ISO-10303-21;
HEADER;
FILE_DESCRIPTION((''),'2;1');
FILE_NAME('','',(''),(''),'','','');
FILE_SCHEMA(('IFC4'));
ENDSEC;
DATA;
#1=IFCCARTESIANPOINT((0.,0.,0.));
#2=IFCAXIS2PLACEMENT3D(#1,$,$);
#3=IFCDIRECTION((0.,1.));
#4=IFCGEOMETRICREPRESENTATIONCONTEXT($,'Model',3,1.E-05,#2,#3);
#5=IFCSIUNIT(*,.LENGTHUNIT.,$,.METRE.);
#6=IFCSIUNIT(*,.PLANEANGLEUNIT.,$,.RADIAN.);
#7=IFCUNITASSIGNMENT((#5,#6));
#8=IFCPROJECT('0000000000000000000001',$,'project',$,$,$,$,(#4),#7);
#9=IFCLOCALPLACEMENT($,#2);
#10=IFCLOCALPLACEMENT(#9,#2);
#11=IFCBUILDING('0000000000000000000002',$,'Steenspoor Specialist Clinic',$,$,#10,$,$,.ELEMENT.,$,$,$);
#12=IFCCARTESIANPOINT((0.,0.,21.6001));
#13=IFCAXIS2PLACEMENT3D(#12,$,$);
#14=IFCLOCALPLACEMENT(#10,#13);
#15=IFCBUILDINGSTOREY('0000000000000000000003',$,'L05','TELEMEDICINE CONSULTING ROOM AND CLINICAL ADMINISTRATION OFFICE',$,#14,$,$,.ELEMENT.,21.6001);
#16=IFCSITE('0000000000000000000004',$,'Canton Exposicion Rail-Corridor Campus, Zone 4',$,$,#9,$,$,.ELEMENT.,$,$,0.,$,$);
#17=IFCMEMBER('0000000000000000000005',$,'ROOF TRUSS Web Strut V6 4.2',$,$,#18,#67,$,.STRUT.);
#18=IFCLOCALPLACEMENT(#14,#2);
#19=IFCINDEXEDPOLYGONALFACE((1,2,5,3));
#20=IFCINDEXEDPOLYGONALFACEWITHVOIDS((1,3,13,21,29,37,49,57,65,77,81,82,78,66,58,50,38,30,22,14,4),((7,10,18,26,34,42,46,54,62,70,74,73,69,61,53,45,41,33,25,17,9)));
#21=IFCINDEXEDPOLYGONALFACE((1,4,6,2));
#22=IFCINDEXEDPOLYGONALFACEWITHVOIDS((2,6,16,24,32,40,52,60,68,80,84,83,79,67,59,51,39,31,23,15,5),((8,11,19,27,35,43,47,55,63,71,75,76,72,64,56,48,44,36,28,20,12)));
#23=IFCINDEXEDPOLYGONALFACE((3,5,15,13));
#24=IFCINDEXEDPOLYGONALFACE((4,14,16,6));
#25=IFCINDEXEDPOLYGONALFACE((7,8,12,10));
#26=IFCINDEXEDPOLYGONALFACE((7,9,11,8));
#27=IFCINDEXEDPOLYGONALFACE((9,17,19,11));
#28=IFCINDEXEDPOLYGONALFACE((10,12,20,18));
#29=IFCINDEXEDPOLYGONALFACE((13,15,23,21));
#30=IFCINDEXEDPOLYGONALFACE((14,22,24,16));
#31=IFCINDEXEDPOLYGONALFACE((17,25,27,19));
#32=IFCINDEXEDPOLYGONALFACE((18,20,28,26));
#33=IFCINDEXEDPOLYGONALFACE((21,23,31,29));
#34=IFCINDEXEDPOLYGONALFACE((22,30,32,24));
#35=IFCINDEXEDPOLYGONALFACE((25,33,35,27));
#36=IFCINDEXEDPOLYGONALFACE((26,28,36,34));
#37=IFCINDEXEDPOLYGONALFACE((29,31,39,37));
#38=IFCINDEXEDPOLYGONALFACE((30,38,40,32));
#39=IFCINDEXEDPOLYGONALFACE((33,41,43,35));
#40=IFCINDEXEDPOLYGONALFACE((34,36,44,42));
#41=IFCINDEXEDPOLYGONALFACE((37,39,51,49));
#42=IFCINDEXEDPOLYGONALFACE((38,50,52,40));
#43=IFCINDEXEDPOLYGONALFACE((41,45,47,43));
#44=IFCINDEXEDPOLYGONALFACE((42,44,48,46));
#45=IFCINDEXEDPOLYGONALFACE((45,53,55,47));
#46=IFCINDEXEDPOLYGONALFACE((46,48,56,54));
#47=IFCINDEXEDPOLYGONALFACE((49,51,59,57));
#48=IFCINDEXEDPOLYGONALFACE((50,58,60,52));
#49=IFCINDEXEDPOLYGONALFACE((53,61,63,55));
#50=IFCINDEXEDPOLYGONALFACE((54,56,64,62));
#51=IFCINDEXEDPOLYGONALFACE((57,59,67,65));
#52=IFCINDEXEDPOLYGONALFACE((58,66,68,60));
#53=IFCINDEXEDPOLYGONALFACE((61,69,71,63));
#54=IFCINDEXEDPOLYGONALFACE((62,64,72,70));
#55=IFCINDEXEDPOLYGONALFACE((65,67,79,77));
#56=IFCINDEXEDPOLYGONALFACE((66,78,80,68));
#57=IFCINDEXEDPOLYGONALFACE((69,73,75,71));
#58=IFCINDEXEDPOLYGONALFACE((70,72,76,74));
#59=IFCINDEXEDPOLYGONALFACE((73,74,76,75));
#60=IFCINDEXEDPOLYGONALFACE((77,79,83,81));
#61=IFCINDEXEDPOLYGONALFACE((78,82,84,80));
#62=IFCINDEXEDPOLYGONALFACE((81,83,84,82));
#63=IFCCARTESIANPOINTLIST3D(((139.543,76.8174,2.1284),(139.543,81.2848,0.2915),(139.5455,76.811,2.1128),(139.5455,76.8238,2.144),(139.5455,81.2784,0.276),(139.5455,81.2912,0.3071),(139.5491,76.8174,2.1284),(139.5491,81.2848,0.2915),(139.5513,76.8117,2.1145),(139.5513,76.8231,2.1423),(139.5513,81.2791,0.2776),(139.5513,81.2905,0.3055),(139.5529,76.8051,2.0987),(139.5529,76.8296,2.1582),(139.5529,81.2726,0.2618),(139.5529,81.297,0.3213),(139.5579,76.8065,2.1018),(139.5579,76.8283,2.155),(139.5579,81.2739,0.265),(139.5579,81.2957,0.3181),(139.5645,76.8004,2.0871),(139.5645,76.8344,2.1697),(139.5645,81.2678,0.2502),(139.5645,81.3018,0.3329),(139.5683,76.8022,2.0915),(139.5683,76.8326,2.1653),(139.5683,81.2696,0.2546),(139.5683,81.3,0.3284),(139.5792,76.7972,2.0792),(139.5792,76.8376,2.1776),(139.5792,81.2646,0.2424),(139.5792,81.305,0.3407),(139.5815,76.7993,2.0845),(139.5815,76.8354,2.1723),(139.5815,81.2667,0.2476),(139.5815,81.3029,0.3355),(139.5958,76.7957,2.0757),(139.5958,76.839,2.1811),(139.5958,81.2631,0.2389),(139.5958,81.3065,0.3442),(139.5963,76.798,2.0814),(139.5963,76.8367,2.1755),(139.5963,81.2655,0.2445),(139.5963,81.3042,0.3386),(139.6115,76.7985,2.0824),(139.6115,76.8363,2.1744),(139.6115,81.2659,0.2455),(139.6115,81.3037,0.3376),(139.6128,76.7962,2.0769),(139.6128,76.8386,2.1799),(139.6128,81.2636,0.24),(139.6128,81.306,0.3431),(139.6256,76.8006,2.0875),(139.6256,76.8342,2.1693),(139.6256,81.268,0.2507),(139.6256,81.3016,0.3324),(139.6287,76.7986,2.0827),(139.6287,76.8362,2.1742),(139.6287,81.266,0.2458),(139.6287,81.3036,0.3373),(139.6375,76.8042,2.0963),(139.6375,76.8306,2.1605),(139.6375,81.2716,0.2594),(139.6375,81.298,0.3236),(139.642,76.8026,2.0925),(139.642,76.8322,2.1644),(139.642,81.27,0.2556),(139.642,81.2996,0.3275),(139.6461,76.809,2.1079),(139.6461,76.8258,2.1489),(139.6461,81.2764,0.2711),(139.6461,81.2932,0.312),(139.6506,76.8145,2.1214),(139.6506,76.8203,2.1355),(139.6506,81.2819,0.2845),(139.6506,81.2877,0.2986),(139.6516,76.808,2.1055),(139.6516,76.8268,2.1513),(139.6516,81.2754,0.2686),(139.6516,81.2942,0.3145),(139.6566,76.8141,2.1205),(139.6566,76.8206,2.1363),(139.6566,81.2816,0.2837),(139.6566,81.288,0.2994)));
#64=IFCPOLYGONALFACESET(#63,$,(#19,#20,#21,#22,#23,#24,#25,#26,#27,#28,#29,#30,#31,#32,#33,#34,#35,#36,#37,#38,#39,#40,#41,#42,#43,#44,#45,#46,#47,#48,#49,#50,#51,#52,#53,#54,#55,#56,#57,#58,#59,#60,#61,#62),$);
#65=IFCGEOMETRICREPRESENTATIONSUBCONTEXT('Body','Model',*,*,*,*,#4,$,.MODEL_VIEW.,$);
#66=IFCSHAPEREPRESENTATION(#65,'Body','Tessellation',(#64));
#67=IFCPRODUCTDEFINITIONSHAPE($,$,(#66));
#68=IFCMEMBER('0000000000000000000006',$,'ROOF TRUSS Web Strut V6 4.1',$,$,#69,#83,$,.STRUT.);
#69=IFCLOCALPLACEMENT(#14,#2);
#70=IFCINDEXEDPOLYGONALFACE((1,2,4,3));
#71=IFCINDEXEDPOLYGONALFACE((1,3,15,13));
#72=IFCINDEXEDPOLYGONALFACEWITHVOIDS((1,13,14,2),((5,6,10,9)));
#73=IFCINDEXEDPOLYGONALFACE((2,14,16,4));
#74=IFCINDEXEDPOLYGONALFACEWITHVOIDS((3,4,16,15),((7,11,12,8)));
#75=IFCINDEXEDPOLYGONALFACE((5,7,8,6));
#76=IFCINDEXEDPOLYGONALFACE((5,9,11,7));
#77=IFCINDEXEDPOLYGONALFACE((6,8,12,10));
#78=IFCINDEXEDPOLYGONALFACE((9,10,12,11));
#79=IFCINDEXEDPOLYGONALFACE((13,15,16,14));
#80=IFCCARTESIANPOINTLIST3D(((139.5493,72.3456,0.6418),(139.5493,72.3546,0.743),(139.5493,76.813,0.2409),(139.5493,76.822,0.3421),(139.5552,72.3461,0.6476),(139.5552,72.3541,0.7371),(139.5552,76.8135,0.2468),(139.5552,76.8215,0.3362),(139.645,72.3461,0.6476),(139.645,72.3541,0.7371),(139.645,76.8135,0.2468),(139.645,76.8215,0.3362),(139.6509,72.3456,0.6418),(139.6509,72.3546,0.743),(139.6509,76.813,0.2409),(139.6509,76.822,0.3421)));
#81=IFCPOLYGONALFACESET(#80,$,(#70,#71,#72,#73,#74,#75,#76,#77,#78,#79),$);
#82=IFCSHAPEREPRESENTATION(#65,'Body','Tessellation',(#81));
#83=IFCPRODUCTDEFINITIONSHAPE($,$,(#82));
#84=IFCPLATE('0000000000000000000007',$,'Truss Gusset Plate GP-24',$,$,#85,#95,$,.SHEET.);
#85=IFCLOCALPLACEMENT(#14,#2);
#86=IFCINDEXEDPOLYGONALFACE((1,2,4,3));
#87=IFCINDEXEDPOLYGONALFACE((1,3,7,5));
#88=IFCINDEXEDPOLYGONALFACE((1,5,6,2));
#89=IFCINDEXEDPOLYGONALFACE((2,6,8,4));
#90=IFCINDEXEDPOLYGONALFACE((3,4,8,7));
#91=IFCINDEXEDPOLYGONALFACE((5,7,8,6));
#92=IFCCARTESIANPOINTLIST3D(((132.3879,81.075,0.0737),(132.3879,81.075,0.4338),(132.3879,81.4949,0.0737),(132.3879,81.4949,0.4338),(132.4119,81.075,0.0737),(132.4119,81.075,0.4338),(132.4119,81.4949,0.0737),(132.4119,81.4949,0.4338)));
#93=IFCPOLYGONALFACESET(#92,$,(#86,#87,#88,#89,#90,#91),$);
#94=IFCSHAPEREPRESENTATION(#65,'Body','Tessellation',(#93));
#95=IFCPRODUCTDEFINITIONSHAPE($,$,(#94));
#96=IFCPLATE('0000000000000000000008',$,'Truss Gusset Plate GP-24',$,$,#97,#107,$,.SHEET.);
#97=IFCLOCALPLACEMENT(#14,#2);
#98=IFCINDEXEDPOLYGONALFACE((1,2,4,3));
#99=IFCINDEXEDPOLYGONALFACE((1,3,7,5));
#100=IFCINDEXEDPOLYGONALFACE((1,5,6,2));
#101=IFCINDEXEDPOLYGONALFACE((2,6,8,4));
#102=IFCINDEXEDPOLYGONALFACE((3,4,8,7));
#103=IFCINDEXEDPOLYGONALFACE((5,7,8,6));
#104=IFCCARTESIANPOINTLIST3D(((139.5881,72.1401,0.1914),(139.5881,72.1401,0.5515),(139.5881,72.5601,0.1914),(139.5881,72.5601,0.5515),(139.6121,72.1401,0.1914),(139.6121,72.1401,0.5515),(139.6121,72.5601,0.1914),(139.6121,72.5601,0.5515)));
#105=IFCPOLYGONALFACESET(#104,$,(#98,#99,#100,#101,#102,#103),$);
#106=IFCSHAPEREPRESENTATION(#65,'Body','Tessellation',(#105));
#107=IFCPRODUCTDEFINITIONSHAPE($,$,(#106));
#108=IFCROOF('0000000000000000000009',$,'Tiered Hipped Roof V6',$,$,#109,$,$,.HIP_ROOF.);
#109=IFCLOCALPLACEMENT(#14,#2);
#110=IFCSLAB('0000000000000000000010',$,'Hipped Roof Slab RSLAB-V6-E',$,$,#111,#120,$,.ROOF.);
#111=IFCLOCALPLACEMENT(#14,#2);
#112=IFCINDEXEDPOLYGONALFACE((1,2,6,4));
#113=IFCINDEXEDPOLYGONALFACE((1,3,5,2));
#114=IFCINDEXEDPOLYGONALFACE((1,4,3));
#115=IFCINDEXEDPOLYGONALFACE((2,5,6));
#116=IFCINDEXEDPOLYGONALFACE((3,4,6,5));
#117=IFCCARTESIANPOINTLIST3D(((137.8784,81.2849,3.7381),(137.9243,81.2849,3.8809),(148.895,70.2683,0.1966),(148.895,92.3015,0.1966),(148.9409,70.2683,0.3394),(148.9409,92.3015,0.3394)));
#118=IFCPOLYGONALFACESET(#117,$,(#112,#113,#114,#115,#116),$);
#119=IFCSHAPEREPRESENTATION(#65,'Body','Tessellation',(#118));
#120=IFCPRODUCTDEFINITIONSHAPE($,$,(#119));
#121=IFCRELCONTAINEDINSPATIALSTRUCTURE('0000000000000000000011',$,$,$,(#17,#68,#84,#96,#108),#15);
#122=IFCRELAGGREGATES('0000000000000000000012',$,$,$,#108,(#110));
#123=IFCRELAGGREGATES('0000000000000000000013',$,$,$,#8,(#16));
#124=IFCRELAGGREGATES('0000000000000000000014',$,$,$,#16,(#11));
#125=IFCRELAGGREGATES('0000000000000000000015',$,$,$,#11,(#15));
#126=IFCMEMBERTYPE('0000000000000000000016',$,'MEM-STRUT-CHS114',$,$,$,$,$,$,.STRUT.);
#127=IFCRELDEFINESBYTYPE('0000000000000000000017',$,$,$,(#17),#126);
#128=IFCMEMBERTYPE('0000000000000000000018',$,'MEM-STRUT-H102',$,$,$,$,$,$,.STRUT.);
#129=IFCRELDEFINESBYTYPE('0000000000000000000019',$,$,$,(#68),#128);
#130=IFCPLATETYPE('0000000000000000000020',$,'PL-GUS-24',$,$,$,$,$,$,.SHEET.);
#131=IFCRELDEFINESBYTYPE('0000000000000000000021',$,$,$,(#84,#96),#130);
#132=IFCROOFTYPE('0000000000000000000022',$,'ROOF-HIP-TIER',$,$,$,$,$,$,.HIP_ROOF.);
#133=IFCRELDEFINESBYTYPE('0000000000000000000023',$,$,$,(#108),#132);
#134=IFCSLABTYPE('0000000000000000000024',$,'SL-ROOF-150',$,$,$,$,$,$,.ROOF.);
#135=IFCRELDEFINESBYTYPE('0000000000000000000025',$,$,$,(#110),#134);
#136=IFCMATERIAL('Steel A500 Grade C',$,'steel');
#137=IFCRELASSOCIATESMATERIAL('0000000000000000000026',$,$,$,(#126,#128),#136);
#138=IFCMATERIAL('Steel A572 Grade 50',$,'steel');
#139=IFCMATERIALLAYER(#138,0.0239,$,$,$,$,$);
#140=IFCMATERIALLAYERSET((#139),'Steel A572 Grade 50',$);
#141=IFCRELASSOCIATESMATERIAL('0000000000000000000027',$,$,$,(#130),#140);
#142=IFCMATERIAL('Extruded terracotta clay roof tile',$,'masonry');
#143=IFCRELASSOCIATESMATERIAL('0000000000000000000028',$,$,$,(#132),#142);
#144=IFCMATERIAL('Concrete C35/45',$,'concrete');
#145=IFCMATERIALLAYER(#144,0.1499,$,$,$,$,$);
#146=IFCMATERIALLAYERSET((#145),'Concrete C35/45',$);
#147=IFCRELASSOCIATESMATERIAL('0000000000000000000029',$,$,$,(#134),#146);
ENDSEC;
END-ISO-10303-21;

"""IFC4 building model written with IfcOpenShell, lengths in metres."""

from ifc_helpers import new_model, si_unit, direction, frame, origin, origin_2d, place, context, subcontext, project, spatial, polyline, rectangle, hollow_rectangle, hollow_circle, outline, extrude, material, layer, layer_set, material_profile, profile_set, type_object, element, aggregate, save


model = new_model("IFC4")

# Units and contexts
model_context = context("Model", 3, precision=1e-05, world=origin(), true_north=direction((0.0, 1.0)))
body_context = subcontext(model_context, "Body", "Model", "MODEL_VIEW")
ifc_project = project(units=[si_unit("LENGTHUNIT", "METRE"), si_unit("PLANEANGLEUNIT", "RADIAN")], contexts=[model_context])

# Site, building, storey
site_placement = place(None, origin())
site = spatial("IfcSite", under=ifc_project, at=site_placement, Name="Canton Exposicion Rail-Corridor Campus, Zone 4", CompositionType="ELEMENT", RefElevation=0.0)
building_placement = place(site_placement, origin())
building = spatial("IfcBuilding", under=site, at=building_placement, Name="Steenspoor Specialist Clinic", CompositionType="ELEMENT")
storey_placement = place(building_placement, frame((0.0, 0.0, 21.6001)))
storey = spatial("IfcBuildingStorey", under=building, at=storey_placement, Name="L05", Description="TELEMEDICINE CONSULTING ROOM AND CLINICAL ADMINISTRATION OFFICE", CompositionType="ELEMENT", Elevation=21.6001)

# Members
ifc_material_1 = material(Name="Steel A500 Grade C", Category="steel")
ifc_material_profile_1 = material_profile(ifc_material_1, hollow_circle(Radius=0.0571, WallThickness=0.0061, at=origin_2d()), Name="CHS114X6.0")
ifc_profile_set_1 = profile_set([ifc_material_profile_1], Name="Steel A500 Grade C")
member_type_1 = type_object("IfcMemberType", Name="MEM-STRUT-CHS114", PredefinedType="STRUT", material=ifc_profile_set_1)
member_1_placement = place(storey_placement, frame((139.6001, 76.8174, 2.1284), z_axis=(0.0, 0.924872, -0.380279), x_axis=(-1.0, 0.0, 0.0)))
element("IfcMember", 1, at=member_1_placement, inside=storey, type_object=member_type_1, Name="ROOF TRUSS Web Strut V6 4.2", PredefinedType="STRUT", context=body_context, shape_type="SweptSolid", body=[
    extrude(hollow_circle(Radius=0.0571, WallThickness=0.0061, at=origin_2d()), origin(), (0.0, 0.0, 1.0), 4.8303),
])
ifc_material_profile_2 = material_profile(ifc_material_1, hollow_rectangle(XDim=0.1016, YDim=0.1016, WallThickness=0.0059, at=origin_2d()), Name="HSS102X102X6.4")
ifc_profile_set_2 = profile_set([ifc_material_profile_2], Name="Steel A500 Grade C")
member_type_2 = type_object("IfcMemberType", Name="MEM-STRUT-H102", PredefinedType="STRUT", material=ifc_profile_set_2)
member_2_placement = place(storey_placement, frame((139.6001, 72.3501, 0.6924), z_axis=(0.0, 0.995998, -0.089377), x_axis=(-1.0, 0.0, 0.0)))
element("IfcMember", 2, at=member_2_placement, inside=storey, type_object=member_type_2, Name="ROOF TRUSS Web Strut V6 4.1", PredefinedType="STRUT", context=body_context, shape_type="SweptSolid", body=[
    extrude(hollow_rectangle(XDim=0.1016, YDim=0.1016, WallThickness=0.0059, at=origin_2d()), origin(), (0.0, 0.0, 1.0), 4.4854),
])

# Plates
ifc_material_2 = material(Name="Steel A572 Grade 50", Category="steel")
ifc_layer_1 = layer(ifc_material_2, 0.0239)
ifc_layer_set_1 = layer_set([ifc_layer_1], Name="Steel A572 Grade 50")
plate_type = type_object("IfcPlateType", Name="PL-GUS-24", PredefinedType="SHEET", material=ifc_layer_set_1)
for number, where, z_axis, x_axis, name in (
    (3, (132.3999, 81.2849, 0.0737), (0.0, 0.0, 1.0), (1.0, 0.0, 0.0), "Truss Gusset Plate GP-24"),
    (4, (139.6001, 72.3501, 0.1914), (0.0, 0.0, 1.0), (1.0, 0.0, 0.0), "Truss Gusset Plate GP-24"),
):
    element("IfcPlate", number, at=place(storey_placement, frame(where, z_axis=z_axis, x_axis=x_axis)), inside=storey, type_object=plate_type, Name=name, PredefinedType="SHEET", context=body_context, shape_type="SweptSolid", body=[
        extrude(rectangle(XDim=0.0239, YDim=0.4199, at=origin_2d()), origin(), (0.0, 0.0, 1.0), 0.3601),
    ])

# Roof, slab
ifc_material_3 = material(Name="Extruded terracotta clay roof tile", Category="masonry")
roof_type = type_object("IfcRoofType", Name="ROOF-HIP-TIER", PredefinedType="HIP_ROOF", material=ifc_material_3)
roof_placement = place(storey_placement, origin())
roof = element("IfcRoof", 5, at=roof_placement, inside=storey, type_object=roof_type, Name="Tiered Hipped Roof V6", PredefinedType="HIP_ROOF")
ifc_material_4 = material(Name="Concrete C35/45", Category="concrete")
ifc_layer_2 = layer(ifc_material_4, 0.1499)
ifc_layer_set_2 = layer_set([ifc_layer_2], Name="Concrete C35/45")
slab_type = type_object("IfcSlabType", Name="SL-ROOF-150", PredefinedType="ROOF", material=ifc_layer_set_2)
slab_placement = place(storey_placement, frame((137.9243, 81.2849, 3.8809), z_axis=(0.306045, 0.0, 0.952017), x_axis=(0.689517, -0.689517, -0.221659)))
slab = element("IfcSlab", 6, at=slab_placement, type_object=slab_type, Name="Hipped Roof Slab RSLAB-V6-E", PredefinedType="ROOF", context=body_context, shape_type="SweptSolid", body=[
    extrude(outline(polyline([(0.0, 0.0), (15.9773, 0.0), (0.785, 15.958), (0.0, 0.0)])), origin(), (0.0, 0.0, -1.0), 0.1499),
])
aggregate(roof, [slab])

save(model, "model.ifc")
